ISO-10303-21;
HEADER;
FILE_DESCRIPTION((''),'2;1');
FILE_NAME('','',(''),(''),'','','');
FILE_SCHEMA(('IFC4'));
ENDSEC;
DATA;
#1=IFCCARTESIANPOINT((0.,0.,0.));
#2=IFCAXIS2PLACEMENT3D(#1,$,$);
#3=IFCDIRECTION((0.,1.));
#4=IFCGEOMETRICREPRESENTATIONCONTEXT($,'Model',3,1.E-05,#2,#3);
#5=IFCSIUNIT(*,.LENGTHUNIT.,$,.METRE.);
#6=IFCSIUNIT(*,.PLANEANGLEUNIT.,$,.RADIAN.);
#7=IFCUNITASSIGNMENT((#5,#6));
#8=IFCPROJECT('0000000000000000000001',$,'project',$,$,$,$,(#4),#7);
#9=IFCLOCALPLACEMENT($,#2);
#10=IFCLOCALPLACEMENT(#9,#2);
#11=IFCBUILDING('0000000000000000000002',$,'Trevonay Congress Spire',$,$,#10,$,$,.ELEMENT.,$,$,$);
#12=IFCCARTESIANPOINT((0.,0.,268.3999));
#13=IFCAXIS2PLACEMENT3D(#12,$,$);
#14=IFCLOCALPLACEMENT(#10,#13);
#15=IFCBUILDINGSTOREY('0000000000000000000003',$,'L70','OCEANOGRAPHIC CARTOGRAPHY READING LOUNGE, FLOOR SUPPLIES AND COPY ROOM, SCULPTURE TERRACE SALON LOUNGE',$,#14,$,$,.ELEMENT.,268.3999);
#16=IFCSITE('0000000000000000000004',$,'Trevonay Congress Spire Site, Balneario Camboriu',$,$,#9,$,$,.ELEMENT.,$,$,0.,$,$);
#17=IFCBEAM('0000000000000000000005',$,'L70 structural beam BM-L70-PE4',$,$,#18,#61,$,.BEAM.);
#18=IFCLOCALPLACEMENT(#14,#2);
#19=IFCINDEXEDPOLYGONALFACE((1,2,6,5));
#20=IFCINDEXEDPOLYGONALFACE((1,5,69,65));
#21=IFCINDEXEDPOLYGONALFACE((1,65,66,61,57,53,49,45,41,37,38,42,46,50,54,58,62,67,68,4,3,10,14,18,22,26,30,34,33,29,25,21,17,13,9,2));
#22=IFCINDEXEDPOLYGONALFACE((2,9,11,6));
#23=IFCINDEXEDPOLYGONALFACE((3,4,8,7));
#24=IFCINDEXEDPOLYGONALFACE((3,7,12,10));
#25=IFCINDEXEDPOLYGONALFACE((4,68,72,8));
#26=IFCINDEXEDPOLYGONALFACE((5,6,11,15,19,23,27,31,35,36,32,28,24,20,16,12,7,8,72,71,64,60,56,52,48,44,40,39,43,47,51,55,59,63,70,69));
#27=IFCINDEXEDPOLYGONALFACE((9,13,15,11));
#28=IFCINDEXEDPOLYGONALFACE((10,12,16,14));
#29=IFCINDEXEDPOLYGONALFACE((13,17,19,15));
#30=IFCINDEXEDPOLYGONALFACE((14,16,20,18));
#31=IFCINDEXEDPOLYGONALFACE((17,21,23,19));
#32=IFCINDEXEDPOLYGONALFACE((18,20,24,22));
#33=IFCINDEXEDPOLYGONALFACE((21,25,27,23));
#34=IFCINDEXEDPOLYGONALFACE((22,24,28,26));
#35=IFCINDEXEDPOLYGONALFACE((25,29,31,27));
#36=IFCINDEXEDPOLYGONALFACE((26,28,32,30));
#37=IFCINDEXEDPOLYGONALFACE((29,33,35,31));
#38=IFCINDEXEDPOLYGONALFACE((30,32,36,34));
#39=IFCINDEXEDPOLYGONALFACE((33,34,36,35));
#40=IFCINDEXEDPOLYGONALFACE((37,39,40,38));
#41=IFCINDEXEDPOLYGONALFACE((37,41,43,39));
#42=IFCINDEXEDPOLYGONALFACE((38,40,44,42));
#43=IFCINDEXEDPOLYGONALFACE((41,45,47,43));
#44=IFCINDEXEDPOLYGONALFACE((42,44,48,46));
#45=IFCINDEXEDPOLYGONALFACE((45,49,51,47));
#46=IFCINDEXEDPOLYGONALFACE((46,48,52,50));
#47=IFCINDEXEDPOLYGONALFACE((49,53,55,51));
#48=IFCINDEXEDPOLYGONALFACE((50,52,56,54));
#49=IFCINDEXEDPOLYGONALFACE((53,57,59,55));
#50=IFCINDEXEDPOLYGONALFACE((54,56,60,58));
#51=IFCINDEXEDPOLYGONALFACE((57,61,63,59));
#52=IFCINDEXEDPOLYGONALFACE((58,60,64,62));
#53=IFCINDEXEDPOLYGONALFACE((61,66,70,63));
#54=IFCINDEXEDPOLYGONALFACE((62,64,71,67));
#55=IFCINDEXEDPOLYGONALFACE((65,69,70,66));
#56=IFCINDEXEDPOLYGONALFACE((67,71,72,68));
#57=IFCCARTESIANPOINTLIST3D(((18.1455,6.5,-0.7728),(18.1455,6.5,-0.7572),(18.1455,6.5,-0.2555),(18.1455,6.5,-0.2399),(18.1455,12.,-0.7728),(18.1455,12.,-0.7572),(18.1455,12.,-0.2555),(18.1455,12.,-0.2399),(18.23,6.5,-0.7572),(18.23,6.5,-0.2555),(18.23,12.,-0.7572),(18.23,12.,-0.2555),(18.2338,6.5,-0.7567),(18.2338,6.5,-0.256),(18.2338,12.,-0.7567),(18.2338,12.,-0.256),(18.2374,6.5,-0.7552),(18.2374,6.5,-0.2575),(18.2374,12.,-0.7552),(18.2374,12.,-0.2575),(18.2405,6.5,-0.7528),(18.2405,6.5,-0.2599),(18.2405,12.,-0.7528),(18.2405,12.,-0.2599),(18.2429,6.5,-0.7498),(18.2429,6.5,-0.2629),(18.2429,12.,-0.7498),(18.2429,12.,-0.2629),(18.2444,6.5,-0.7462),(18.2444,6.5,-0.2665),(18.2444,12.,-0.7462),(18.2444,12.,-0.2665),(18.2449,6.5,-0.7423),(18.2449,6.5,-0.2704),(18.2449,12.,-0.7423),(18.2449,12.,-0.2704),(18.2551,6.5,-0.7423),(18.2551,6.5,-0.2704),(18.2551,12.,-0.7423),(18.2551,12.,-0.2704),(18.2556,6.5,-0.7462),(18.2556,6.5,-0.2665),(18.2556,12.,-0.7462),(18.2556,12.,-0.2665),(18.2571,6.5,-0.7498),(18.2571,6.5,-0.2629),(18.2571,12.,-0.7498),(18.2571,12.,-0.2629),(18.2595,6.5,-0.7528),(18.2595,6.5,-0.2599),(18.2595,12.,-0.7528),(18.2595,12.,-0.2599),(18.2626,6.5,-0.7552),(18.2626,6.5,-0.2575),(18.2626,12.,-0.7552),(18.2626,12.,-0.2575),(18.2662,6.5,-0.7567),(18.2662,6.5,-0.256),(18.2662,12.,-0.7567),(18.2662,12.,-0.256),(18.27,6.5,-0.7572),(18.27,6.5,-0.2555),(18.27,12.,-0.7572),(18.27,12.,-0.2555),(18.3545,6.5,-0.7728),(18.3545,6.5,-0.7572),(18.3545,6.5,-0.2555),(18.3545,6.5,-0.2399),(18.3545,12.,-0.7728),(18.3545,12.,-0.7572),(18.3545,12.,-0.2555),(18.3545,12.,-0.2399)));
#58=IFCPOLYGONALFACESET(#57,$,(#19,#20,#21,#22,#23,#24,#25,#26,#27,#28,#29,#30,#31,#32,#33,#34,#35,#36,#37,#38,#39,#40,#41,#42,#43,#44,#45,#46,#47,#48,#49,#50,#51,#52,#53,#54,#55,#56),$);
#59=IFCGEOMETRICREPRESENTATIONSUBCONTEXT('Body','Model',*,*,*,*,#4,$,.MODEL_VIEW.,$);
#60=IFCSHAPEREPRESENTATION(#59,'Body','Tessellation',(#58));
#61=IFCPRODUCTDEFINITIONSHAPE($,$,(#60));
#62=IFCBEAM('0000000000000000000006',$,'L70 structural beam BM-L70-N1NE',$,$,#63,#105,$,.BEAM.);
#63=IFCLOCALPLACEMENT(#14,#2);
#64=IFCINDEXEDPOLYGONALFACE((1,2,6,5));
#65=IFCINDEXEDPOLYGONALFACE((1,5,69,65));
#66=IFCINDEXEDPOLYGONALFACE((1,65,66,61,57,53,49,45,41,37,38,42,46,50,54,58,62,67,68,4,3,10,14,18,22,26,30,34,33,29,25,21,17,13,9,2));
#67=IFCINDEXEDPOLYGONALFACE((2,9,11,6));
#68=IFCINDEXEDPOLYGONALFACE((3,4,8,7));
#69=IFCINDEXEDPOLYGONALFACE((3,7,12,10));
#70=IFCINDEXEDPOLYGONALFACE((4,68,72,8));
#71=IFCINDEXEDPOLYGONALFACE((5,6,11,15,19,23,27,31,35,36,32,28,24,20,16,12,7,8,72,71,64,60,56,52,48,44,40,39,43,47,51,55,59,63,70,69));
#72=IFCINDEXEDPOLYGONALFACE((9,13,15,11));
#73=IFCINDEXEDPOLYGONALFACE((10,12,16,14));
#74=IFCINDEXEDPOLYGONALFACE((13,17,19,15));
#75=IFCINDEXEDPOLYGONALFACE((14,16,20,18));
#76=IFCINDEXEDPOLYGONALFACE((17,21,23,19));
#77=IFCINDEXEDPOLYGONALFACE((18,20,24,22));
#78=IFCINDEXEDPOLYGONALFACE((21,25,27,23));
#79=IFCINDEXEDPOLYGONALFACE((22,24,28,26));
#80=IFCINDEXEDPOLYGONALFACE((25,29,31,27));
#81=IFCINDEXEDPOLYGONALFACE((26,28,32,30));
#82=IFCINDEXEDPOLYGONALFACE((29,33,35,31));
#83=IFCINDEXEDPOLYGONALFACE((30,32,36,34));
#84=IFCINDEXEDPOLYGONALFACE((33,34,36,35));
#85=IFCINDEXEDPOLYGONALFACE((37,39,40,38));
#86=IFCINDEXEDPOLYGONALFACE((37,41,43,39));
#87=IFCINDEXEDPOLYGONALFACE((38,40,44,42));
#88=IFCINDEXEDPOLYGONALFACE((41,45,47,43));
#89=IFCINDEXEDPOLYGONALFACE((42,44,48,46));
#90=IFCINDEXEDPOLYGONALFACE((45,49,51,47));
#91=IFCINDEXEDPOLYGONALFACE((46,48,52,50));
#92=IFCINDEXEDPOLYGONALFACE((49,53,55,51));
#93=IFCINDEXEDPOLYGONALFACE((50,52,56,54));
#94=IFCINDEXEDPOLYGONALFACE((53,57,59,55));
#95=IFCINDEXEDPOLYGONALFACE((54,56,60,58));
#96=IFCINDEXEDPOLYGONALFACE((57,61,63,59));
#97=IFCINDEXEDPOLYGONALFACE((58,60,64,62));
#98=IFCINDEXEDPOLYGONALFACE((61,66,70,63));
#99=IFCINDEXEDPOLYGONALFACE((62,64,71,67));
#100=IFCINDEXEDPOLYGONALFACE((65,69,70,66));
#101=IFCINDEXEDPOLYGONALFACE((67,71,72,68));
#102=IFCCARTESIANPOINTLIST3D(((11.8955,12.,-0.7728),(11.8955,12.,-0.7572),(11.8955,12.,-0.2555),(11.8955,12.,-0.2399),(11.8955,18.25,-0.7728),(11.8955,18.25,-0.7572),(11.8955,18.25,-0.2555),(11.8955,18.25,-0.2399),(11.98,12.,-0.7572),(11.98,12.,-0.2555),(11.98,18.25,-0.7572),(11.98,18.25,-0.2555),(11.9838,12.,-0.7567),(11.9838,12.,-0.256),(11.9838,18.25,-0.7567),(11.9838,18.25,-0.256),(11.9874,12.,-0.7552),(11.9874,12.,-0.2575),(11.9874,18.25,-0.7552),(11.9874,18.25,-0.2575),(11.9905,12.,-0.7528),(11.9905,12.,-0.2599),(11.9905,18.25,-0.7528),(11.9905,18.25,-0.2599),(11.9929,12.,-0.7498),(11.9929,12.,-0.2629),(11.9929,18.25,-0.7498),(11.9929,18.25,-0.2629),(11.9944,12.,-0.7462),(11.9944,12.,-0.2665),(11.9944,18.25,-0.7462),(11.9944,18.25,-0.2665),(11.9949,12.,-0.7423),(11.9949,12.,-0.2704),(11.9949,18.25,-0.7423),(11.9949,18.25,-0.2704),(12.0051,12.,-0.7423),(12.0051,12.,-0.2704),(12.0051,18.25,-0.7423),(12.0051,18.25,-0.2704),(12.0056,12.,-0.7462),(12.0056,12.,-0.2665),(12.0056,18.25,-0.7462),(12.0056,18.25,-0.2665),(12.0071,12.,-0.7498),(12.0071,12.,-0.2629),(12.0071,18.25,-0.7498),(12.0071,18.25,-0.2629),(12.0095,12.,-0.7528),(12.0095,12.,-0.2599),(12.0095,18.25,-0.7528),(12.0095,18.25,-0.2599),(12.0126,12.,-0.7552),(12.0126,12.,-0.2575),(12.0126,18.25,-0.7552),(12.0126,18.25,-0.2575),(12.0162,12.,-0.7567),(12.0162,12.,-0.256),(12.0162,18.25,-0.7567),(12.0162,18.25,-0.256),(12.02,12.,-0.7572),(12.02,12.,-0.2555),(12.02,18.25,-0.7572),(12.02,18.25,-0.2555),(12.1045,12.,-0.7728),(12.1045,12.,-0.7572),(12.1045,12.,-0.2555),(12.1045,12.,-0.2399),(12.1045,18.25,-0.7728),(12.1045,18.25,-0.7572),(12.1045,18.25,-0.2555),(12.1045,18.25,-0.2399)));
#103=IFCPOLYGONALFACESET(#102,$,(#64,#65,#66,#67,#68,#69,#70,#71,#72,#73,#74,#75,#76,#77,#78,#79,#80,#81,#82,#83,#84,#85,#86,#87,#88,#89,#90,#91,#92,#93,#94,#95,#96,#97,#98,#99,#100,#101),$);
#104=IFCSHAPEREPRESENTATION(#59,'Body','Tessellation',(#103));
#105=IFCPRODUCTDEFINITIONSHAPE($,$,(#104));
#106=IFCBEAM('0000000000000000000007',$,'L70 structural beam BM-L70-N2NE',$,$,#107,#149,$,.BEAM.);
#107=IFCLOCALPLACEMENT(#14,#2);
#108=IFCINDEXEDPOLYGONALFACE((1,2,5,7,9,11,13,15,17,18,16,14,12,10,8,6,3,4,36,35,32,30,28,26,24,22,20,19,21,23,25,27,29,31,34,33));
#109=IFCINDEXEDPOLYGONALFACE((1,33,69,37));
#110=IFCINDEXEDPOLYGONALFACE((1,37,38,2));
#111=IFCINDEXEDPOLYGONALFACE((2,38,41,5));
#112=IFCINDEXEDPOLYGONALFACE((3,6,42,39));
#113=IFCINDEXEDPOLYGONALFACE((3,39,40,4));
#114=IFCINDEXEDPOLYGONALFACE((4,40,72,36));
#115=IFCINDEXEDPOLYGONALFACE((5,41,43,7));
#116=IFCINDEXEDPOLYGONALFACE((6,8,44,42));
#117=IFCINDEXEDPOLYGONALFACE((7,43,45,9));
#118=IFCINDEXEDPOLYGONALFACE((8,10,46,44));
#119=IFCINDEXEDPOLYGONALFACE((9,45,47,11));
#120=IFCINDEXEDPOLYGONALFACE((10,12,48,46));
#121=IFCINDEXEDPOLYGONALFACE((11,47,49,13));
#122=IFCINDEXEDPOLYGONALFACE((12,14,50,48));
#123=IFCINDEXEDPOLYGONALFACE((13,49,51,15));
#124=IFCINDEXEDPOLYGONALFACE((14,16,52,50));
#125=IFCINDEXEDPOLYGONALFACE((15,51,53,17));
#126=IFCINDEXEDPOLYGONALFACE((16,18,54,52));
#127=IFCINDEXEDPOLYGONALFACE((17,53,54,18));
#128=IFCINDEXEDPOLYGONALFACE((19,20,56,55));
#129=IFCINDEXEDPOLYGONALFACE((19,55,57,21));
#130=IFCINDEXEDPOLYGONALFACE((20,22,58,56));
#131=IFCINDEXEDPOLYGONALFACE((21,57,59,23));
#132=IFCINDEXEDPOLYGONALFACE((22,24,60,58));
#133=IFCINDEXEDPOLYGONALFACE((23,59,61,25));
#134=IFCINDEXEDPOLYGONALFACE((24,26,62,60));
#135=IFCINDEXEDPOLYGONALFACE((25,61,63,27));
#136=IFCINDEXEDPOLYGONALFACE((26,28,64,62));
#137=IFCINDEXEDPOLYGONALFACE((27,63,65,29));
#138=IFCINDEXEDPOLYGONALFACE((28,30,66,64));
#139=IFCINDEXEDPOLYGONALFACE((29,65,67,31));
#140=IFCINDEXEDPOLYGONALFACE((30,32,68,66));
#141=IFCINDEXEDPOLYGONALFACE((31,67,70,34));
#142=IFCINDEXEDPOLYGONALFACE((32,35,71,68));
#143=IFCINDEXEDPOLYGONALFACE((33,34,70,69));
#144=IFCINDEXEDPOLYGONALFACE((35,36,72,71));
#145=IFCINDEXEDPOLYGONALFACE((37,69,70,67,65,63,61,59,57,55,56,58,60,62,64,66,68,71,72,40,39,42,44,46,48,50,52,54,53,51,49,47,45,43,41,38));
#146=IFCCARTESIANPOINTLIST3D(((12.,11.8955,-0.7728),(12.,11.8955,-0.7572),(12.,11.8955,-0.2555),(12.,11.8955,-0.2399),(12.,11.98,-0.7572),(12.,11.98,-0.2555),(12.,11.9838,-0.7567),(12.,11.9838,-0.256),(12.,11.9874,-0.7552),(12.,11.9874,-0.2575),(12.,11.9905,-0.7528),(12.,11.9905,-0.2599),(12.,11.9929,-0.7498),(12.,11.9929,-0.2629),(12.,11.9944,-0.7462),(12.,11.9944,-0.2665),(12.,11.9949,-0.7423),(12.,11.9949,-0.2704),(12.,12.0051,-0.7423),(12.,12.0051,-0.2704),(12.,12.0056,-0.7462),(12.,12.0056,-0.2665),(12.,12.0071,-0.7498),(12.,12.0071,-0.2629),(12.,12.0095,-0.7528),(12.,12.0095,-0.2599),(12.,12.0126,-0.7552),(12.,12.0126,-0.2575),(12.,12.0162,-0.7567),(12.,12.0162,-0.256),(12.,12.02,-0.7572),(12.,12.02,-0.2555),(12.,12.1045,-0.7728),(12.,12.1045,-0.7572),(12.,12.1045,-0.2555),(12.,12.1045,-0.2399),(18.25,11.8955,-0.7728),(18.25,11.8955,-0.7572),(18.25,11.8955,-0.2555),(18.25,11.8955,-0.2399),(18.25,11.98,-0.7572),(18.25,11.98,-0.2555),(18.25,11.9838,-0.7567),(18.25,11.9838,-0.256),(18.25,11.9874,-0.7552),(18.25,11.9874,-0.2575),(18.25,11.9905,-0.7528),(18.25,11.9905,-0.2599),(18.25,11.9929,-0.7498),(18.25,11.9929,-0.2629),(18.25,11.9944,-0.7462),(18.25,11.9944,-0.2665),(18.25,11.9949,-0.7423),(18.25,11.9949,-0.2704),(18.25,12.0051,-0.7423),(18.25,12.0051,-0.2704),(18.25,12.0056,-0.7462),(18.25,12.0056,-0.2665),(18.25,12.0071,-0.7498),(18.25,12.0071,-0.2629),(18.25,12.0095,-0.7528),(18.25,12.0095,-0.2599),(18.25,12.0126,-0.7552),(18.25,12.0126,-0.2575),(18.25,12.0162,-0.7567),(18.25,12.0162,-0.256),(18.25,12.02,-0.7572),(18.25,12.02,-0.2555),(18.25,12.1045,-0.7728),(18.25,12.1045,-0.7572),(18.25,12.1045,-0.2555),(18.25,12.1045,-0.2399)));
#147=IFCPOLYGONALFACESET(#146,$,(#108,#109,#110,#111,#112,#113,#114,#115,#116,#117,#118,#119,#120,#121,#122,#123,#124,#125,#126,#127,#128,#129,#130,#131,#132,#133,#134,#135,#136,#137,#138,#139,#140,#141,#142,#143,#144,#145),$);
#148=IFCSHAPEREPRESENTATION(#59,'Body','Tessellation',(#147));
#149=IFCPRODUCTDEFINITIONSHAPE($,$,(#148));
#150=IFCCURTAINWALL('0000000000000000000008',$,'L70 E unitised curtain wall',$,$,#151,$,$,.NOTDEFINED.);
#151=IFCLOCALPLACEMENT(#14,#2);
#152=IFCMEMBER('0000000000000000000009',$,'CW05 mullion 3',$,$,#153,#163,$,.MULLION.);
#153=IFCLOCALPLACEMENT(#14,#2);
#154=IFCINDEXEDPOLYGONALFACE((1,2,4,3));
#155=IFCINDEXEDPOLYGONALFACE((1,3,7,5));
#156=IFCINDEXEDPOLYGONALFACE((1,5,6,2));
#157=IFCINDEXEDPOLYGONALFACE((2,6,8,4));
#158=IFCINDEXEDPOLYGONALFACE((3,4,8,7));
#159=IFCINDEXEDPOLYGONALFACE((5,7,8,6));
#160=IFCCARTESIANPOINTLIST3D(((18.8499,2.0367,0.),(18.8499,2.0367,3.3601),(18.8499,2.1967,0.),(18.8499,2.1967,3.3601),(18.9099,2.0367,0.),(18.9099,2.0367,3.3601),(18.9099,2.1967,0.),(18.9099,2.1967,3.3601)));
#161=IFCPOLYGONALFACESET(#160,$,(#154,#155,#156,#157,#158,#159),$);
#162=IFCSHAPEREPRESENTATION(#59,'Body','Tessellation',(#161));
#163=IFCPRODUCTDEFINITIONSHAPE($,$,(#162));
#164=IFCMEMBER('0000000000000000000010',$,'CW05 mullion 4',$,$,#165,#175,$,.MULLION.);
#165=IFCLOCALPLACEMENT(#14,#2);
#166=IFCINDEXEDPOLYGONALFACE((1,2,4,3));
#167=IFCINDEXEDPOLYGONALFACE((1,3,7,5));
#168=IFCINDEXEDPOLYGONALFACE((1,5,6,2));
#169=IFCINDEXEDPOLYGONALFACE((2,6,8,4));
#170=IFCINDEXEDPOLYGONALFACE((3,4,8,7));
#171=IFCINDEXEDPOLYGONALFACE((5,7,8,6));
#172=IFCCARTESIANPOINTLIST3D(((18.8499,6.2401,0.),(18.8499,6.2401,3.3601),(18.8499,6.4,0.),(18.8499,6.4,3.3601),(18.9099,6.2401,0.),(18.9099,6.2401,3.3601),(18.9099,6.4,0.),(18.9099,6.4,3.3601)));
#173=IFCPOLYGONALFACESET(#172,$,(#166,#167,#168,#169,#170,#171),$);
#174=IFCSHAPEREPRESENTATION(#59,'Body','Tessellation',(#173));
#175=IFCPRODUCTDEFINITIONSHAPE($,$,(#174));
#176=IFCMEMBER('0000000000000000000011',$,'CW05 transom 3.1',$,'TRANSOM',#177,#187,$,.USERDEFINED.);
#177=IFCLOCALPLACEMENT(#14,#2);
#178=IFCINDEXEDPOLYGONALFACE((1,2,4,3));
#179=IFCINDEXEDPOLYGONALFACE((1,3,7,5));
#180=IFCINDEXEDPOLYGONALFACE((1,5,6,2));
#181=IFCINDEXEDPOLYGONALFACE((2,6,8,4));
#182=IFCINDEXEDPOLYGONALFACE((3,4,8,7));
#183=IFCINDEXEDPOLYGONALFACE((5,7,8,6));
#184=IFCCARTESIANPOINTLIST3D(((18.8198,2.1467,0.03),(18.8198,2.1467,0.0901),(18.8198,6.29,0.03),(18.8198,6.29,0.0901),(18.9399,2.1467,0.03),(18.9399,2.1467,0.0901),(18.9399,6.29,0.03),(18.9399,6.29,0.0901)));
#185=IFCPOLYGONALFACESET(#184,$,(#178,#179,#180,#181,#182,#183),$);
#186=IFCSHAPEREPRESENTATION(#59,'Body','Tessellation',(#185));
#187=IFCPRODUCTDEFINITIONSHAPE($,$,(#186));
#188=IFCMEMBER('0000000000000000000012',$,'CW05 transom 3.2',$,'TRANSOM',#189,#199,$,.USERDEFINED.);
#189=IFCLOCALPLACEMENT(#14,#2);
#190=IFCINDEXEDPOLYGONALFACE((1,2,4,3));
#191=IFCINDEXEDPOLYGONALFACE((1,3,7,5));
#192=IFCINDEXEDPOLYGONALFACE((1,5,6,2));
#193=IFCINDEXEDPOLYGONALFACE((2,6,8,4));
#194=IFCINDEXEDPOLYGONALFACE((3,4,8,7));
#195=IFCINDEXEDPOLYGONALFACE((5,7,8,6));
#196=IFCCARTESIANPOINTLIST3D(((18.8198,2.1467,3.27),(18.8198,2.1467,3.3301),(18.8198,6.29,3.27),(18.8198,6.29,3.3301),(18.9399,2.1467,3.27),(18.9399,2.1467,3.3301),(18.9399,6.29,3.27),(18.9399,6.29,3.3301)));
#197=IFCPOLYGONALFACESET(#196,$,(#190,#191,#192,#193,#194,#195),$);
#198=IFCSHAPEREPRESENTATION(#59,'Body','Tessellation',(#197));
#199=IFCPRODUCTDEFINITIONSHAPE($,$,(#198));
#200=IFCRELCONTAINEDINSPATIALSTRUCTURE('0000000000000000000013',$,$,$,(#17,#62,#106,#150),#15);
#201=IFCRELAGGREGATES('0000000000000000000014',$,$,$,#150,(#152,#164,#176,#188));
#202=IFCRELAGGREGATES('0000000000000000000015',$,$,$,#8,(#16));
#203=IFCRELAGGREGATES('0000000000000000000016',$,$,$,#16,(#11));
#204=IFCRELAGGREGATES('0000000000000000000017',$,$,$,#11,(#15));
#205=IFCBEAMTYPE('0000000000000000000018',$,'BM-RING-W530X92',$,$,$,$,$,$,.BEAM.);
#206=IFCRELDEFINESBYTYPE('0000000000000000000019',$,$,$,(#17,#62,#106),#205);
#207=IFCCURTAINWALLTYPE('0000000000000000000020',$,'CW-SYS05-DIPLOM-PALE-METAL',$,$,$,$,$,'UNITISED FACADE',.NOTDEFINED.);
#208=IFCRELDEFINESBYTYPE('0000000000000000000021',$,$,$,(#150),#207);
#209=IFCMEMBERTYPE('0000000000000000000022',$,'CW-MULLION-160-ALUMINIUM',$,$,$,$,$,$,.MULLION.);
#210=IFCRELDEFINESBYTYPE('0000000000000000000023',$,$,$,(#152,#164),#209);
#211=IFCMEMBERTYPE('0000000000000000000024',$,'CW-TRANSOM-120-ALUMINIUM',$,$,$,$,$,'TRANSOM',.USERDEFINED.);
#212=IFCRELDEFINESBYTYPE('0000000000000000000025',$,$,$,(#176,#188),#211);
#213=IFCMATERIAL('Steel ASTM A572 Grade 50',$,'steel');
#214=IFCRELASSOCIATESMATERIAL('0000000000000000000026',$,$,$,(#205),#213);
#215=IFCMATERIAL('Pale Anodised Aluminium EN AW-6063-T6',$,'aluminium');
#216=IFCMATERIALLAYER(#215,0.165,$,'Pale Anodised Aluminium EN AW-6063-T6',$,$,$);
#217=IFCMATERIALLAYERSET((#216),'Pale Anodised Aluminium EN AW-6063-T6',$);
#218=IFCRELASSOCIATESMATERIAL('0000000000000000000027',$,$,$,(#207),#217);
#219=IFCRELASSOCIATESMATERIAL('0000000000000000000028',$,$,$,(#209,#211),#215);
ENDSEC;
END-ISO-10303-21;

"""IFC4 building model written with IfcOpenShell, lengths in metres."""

from ifc_helpers import new_model, si_unit, direction, frame, origin, origin_2d, place, context, subcontext, project, spatial, rectangle, i_section, extrude, material, layer, layer_set, material_profile, profile_set, type_object, element, aggregate, save


model = new_model("IFC4")

# Units and contexts
model_context = context("Model", 3, precision=1e-05, world=origin(), true_north=direction((0.0, 1.0)))
body_context = subcontext(model_context, "Body", "Model", "MODEL_VIEW")
ifc_project = project(units=[si_unit("LENGTHUNIT", "METRE"), si_unit("PLANEANGLEUNIT", "RADIAN")], contexts=[model_context])

# Site, building, storey
site_placement = place(None, origin())
site = spatial("IfcSite", under=ifc_project, at=site_placement, Name="Trevonay Congress Spire Site, Balneario Camboriu", CompositionType="ELEMENT", RefElevation=0.0)
building_placement = place(site_placement, origin())
building = spatial("IfcBuilding", under=site, at=building_placement, Name="Trevonay Congress Spire", CompositionType="ELEMENT")
storey_placement = place(building_placement, frame((0.0, 0.0, 268.3999)))
storey = spatial("IfcBuildingStorey", under=building, at=storey_placement, Name="L70", Description="OCEANOGRAPHIC CARTOGRAPHY READING LOUNGE, FLOOR SUPPLIES AND COPY ROOM, SCULPTURE TERRACE SALON LOUNGE", CompositionType="ELEMENT", Elevation=268.3999)

# Shared definitions
ifc_material_1 = material(Name="Steel ASTM A572 Grade 50", Category="steel")

# Beams
ifc_material_profile_1 = material_profile(ifc_material_1, i_section(OverallWidth=0.209, OverallDepth=0.533, WebThickness=0.0103, FlangeThickness=0.0156, FilletRadius=0.0149, at=origin_2d()), Name="W530x92")
ifc_profile_set_1 = profile_set([ifc_material_profile_1], Name="Steel ASTM A572 Grade 50")
beam_type_1 = type_object("IfcBeamType", Name="BM-RING-W530X92", PredefinedType="BEAM", material=ifc_profile_set_1)
for number, where, z_axis, x_axis, name in (
    (1, (18.25, 6.5, -0.5063), (0.0, 1.0, 0.0), (-1.0, 0.0, 0.0), "L70 structural beam BM-L70-PE4"),
):
    element("IfcBeam", number, at=place(storey_placement, frame(where, z_axis=z_axis, x_axis=x_axis)), inside=storey, type_object=beam_type_1, Name=name, PredefinedType="BEAM", context=body_context, shape_type="SweptSolid", body=[
        extrude(i_section(OverallWidth=0.209, OverallDepth=0.533, WebThickness=0.0103, FlangeThickness=0.0156, FilletRadius=0.0149, at=origin_2d()), origin(), (0.0, 0.0, 1.0), 5.5),
    ])
for number, where, z_axis, x_axis, name in (
    (2, (12.0, 18.25, -0.5063), (0.0, -1.0, 0.0), (1.0, 0.0, 0.0), "L70 structural beam BM-L70-N1NE"),
    (3, (18.25, 12.0, -0.5063), (-1.0, 0.0, 0.0), (0.0, -1.0, 0.0), "L70 structural beam BM-L70-N2NE"),
):
    element("IfcBeam", number, at=place(storey_placement, frame(where, z_axis=z_axis, x_axis=x_axis)), inside=storey, type_object=beam_type_1, Name=name, PredefinedType="BEAM", context=body_context, shape_type="SweptSolid", body=[
        extrude(i_section(OverallWidth=0.209, OverallDepth=0.533, WebThickness=0.0103, FlangeThickness=0.0156, FilletRadius=0.0149, at=origin_2d()), origin(), (0.0, 0.0, 1.0), 6.25),
    ])

# Curtain wall, members
ifc_material_2 = material(Name="Pale Anodised Aluminium EN AW-6063-T6", Category="aluminium")
ifc_layer_1 = layer(ifc_material_2, 0.165, Name="Pale Anodised Aluminium EN AW-6063-T6")
ifc_layer_set_1 = layer_set([ifc_layer_1], Name="Pale Anodised Aluminium EN AW-6063-T6")
curtain_wall_type = type_object("IfcCurtainWallType", Name="CW-SYS05-DIPLOM-PALE-METAL", ElementType="UNITISED FACADE", PredefinedType="NOTDEFINED", material=ifc_layer_set_1)
curtain_wall_placement = place(storey_placement, origin())
curtain_wall = element("IfcCurtainWall", 4, at=curtain_wall_placement, inside=storey, type_object=curtain_wall_type, Name="L70 E unitised curtain wall", PredefinedType="NOTDEFINED")
ifc_material_profile_2 = material_profile(ifc_material_2, rectangle(XDim=0.0601, YDim=0.1599, at=origin_2d()), Name="CW-MULLION-160-ALUMINIUM")
ifc_profile_set_2 = profile_set([ifc_material_profile_2], Name="Pale Anodised Aluminium EN AW-6063-T6")
member_type_1 = type_object("IfcMemberType", Name="CW-MULLION-160-ALUMINIUM", PredefinedType="MULLION", material=ifc_profile_set_2)
member_1_placement = place(storey_placement, frame((18.8799, 2.1167, 0.0), z_axis=(0.0, 0.0, 1.0), x_axis=(-1.0, 0.0, 0.0)))
member_1 = element("IfcMember", 5, at=member_1_placement, type_object=member_type_1, Name="CW05 mullion 3", PredefinedType="MULLION", context=body_context, shape_type="SweptSolid", body=[
    extrude(rectangle(XDim=0.0601, YDim=0.1599, at=origin_2d()), origin(), (0.0, 0.0, 1.0), 3.3601),
])
member_2_placement = place(storey_placement, frame((18.8799, 6.3201, 0.0), z_axis=(0.0, 0.0, 1.0), x_axis=(-1.0, 0.0, 0.0)))
member_2 = element("IfcMember", 6, at=member_2_placement, type_object=member_type_1, Name="CW05 mullion 4", PredefinedType="MULLION", context=body_context, shape_type="SweptSolid", body=[
    extrude(rectangle(XDim=0.0601, YDim=0.1599, at=origin_2d()), origin(), (0.0, 0.0, 1.0), 3.3601),
])
ifc_material_profile_3 = material_profile(ifc_material_2, rectangle(XDim=0.1201, YDim=0.0601, at=origin_2d()), Name="CW-TRANSOM-120-ALUMINIUM")
ifc_profile_set_3 = profile_set([ifc_material_profile_3], Name="Pale Anodised Aluminium EN AW-6063-T6")
member_type_2 = type_object("IfcMemberType", Name="CW-TRANSOM-120-ALUMINIUM", ElementType="TRANSOM", PredefinedType="USERDEFINED", material=ifc_profile_set_3)
member_3_placement = place(storey_placement, frame((18.8799, 2.1467, 0.0601), z_axis=(0.0, 1.0, 0.0), x_axis=(-1.0, 0.0, 0.0)))
member_3 = element("IfcMember", 7, at=member_3_placement, type_object=member_type_2, Name="CW05 transom 3.1", ObjectType="TRANSOM", PredefinedType="USERDEFINED", context=body_context, shape_type="SweptSolid", body=[
    extrude(rectangle(XDim=0.1201, YDim=0.0601, at=origin_2d()), origin(), (0.0, 0.0, 1.0), 4.1433),
])
member_4_placement = place(storey_placement, frame((18.8799, 2.1467, 3.3), z_axis=(0.0, 1.0, 0.0), x_axis=(-1.0, 0.0, 0.0)))
member_4 = element("IfcMember", 8, at=member_4_placement, type_object=member_type_2, Name="CW05 transom 3.2", ObjectType="TRANSOM", PredefinedType="USERDEFINED", context=body_context, shape_type="SweptSolid", body=[
    extrude(rectangle(XDim=0.1201, YDim=0.0601, at=origin_2d()), origin(), (0.0, 0.0, 1.0), 4.1433),
])

aggregate(curtain_wall, [member_1, member_2, member_3, member_4])

save(model, "model.ifc")
